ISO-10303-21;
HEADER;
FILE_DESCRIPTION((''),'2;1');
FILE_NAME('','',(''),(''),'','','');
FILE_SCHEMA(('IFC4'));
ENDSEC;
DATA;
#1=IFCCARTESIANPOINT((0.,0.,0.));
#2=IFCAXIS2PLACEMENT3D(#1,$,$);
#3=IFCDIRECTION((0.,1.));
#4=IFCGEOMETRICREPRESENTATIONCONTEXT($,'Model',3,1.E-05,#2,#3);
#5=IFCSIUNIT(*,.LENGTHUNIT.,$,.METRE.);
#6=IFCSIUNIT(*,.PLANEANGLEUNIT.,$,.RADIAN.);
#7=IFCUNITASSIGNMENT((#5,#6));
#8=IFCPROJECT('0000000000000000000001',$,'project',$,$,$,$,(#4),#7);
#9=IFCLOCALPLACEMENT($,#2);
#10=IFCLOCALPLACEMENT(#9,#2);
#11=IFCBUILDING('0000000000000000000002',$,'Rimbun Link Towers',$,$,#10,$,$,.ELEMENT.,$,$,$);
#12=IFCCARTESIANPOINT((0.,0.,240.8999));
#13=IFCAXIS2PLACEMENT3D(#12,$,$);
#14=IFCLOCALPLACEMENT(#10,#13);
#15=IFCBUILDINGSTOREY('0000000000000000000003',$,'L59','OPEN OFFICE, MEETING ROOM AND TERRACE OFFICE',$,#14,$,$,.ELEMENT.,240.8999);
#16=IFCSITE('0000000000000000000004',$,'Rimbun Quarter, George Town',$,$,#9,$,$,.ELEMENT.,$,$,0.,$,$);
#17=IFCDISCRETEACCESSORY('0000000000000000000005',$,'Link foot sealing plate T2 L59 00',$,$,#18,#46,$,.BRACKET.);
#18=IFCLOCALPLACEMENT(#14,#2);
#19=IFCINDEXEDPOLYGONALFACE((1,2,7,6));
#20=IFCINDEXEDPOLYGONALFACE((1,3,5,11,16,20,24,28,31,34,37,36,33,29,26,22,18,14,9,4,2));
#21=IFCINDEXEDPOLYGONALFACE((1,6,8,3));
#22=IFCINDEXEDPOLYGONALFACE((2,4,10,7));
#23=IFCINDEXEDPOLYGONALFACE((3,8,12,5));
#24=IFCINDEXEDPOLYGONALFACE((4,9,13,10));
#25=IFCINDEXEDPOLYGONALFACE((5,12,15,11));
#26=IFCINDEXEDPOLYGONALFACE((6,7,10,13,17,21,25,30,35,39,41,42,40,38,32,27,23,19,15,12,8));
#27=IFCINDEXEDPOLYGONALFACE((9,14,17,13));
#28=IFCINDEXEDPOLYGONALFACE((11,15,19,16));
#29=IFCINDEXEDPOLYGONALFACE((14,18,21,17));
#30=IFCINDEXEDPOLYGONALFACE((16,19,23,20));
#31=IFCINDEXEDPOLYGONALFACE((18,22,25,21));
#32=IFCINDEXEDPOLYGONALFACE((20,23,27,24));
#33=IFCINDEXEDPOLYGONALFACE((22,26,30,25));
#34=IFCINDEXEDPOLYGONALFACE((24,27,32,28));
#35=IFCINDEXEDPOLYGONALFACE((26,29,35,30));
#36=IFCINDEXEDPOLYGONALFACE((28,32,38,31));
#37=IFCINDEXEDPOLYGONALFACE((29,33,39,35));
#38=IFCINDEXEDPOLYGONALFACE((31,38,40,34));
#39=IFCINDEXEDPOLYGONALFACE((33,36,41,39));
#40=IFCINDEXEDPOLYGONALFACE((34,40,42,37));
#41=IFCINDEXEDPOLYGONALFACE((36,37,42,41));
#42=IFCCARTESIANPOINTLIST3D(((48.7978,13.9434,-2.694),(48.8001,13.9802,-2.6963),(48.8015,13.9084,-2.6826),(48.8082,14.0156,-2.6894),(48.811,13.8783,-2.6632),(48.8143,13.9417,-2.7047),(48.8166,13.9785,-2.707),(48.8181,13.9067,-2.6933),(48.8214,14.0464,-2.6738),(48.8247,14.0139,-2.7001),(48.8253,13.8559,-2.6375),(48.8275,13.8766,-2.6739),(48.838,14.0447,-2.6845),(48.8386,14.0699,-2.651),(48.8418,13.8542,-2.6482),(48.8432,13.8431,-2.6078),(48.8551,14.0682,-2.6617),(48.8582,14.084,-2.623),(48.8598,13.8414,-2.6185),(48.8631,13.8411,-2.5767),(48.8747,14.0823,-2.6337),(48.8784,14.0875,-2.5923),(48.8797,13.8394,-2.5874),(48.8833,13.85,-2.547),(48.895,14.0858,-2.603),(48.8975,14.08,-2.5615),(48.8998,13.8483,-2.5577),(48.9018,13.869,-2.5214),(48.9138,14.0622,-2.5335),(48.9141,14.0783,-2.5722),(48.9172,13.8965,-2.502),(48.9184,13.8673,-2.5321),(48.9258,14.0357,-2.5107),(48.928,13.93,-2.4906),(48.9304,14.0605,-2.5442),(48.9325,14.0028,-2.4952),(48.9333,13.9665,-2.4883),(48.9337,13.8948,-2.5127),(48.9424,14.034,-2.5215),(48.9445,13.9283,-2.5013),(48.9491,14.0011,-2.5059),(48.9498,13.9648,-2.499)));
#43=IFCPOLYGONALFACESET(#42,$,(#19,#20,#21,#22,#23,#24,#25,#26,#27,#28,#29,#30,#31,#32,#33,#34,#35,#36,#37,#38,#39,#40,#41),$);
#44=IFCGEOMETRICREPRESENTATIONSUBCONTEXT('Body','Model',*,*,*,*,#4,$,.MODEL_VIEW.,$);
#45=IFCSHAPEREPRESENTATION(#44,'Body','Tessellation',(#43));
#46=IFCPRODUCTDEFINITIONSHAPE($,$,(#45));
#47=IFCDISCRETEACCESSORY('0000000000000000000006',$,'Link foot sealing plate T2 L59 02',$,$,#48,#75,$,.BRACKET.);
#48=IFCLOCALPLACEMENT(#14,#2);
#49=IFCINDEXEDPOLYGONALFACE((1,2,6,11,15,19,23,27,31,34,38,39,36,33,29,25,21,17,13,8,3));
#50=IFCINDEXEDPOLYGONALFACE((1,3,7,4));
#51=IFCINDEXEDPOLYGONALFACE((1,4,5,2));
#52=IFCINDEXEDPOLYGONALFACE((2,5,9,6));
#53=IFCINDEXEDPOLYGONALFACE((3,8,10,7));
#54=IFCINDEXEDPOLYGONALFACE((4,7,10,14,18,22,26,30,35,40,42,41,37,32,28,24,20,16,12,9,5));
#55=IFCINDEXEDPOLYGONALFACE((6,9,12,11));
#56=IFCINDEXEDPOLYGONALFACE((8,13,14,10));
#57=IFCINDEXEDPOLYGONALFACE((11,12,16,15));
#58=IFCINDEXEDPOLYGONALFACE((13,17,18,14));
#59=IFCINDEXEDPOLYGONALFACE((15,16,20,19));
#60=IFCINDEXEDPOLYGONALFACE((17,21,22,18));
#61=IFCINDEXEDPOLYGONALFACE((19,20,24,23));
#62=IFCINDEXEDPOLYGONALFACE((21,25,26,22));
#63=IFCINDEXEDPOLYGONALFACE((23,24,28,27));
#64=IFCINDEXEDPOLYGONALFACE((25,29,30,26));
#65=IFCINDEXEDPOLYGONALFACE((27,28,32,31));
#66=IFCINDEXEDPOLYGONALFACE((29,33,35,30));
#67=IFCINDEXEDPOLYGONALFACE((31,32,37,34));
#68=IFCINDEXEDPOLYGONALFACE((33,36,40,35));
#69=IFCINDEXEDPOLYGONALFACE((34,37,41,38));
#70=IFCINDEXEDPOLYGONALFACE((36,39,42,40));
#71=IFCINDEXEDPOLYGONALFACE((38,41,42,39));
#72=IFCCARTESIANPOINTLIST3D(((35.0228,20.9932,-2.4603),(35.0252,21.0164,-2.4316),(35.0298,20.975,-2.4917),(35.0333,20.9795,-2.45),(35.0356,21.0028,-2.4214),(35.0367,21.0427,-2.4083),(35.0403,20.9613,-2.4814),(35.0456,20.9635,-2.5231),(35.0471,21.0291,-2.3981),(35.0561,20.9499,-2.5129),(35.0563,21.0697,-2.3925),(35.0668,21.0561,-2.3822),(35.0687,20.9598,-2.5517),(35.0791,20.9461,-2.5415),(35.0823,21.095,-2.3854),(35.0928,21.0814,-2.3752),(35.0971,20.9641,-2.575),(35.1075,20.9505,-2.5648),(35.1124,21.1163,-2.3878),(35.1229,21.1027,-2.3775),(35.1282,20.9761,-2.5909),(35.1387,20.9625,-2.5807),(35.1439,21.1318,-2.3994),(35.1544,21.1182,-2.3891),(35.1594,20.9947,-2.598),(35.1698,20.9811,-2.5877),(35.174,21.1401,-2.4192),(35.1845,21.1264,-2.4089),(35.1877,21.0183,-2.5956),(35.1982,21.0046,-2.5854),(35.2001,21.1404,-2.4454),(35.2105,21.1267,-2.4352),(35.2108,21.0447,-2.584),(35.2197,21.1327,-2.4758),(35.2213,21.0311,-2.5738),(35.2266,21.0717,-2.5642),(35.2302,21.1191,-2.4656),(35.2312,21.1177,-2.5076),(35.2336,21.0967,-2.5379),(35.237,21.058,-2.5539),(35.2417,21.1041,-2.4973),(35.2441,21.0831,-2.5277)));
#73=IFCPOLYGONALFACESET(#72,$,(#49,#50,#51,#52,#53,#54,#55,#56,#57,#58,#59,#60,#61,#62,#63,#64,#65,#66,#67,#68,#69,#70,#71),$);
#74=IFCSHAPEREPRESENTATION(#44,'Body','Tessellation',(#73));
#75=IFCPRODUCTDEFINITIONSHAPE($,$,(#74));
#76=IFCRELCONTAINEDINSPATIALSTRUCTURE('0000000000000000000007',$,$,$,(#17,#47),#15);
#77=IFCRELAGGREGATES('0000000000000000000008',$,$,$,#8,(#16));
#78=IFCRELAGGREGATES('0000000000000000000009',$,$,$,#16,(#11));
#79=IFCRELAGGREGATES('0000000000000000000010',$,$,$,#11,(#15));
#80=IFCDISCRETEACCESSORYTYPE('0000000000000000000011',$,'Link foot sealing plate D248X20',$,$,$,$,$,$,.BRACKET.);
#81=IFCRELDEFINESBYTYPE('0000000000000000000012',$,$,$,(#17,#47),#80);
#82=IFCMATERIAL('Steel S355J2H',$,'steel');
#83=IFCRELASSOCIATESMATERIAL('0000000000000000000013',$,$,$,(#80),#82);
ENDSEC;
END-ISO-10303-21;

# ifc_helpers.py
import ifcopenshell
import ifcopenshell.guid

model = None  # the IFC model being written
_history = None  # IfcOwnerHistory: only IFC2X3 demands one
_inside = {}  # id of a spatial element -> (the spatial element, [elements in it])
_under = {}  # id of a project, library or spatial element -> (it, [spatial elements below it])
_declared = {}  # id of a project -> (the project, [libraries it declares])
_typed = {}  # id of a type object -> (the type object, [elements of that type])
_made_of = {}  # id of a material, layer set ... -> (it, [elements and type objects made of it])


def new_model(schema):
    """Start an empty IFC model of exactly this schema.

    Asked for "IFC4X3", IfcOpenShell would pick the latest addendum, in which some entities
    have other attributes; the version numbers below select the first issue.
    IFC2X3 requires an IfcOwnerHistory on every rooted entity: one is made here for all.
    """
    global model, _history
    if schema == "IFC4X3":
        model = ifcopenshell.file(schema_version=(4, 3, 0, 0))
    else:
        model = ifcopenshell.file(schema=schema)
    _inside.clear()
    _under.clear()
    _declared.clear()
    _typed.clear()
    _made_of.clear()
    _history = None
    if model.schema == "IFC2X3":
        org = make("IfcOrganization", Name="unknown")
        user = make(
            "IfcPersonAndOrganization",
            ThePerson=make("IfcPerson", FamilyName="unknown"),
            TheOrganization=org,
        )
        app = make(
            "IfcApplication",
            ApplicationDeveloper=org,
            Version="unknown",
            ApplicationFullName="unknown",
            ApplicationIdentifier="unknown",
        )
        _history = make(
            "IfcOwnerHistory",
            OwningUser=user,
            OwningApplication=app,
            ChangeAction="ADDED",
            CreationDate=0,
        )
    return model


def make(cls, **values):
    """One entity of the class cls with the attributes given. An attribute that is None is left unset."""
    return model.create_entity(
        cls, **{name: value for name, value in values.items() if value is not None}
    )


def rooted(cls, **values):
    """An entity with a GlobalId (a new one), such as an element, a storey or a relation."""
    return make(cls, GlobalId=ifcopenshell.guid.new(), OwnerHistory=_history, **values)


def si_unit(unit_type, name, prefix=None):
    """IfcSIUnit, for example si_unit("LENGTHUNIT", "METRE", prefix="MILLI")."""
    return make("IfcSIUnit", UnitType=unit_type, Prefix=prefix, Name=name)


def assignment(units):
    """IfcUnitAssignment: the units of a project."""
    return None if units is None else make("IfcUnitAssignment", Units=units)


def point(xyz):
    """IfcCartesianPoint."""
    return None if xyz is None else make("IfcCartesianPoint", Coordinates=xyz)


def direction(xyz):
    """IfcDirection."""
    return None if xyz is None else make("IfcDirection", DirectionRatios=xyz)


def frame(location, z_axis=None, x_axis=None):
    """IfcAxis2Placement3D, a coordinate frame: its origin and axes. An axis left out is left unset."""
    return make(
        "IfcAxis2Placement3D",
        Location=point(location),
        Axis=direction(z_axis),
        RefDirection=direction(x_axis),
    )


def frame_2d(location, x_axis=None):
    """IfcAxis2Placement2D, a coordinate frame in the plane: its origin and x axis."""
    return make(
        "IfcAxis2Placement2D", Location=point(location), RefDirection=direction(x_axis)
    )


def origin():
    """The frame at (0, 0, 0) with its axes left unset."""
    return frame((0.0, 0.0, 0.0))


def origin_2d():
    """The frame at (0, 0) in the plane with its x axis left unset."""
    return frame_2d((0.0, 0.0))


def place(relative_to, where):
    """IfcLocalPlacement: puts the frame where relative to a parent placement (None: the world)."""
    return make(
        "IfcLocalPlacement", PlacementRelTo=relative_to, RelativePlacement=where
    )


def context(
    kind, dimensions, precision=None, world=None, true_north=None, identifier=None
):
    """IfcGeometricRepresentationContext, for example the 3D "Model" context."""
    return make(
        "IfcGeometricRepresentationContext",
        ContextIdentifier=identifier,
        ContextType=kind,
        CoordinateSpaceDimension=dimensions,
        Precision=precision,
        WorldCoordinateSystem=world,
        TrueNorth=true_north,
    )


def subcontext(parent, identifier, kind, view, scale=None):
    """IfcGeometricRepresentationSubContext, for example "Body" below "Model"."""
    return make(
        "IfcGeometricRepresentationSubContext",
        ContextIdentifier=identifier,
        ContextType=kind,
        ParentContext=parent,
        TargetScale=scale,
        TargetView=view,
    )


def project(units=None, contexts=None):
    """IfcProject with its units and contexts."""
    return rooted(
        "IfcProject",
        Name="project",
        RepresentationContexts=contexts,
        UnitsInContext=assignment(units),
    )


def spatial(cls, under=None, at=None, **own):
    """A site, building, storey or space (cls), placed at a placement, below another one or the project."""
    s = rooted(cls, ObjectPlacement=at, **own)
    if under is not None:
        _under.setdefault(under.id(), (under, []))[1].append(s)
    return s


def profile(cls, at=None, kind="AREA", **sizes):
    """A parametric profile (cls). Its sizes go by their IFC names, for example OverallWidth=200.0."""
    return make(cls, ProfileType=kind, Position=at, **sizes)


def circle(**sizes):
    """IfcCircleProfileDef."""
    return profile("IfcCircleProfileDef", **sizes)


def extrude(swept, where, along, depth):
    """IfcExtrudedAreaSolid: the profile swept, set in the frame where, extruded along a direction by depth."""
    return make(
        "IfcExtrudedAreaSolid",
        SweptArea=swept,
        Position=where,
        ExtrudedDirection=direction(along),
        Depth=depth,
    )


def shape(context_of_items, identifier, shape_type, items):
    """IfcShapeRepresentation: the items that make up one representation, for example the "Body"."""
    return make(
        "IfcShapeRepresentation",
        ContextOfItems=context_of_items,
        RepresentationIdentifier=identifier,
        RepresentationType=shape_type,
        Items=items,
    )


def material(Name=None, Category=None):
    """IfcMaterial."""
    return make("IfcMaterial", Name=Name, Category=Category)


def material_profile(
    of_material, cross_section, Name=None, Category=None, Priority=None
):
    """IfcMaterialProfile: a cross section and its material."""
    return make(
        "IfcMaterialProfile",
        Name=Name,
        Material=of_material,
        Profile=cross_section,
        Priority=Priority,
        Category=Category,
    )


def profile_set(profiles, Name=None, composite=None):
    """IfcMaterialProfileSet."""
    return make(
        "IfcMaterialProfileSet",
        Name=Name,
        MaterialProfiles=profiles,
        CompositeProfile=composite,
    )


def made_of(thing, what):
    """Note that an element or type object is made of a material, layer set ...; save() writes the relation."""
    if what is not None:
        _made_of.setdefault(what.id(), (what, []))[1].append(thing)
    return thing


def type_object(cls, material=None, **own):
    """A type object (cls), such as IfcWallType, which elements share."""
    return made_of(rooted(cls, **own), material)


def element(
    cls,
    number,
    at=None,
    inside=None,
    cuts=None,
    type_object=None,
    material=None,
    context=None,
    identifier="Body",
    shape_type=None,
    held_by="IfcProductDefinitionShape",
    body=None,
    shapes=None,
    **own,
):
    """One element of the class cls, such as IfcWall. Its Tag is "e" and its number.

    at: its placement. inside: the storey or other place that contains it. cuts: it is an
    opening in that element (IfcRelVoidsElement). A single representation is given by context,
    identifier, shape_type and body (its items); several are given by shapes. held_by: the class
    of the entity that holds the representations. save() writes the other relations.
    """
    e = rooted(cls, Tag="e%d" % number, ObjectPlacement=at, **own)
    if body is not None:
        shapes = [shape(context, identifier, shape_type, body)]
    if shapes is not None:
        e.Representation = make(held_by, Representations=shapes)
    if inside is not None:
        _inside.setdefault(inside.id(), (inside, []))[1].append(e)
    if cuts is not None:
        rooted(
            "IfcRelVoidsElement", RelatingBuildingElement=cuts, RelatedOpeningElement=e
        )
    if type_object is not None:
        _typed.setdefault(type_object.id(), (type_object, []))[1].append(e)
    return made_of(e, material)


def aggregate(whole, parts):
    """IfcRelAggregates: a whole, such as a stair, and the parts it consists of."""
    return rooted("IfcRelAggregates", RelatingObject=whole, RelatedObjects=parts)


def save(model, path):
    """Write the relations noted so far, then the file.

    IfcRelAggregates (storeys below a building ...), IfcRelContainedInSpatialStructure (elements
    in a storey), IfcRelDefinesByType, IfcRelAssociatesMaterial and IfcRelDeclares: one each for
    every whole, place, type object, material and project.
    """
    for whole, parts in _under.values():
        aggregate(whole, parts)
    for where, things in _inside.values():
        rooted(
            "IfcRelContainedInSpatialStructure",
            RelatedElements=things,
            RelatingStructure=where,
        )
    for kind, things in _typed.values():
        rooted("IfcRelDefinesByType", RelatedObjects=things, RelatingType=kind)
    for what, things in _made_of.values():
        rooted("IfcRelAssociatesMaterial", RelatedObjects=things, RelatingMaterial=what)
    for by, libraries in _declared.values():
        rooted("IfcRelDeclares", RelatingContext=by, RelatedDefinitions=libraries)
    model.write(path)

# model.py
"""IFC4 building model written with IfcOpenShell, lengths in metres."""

from ifc_helpers import new_model, si_unit, direction, frame, origin, origin_2d, place, context, subcontext, project, spatial, circle, extrude, material, material_profile, profile_set, type_object, element, save


model = new_model("IFC4")

# Units and contexts
model_context = context("Model", 3, precision=1e-05, world=origin(), true_north=direction((0.0, 1.0)))
body_context = subcontext(model_context, "Body", "Model", "MODEL_VIEW")
ifc_project = project(units=[si_unit("LENGTHUNIT", "METRE"), si_unit("PLANEANGLEUNIT", "RADIAN")], contexts=[model_context])

# Site, building, storey
site_placement = place(None, origin())
site = spatial("IfcSite", under=ifc_project, at=site_placement, Name="Rimbun Quarter, George Town", CompositionType="ELEMENT", RefElevation=0.0)
building_placement = place(site_placement, origin())
building = spatial("IfcBuilding", under=site, at=building_placement, Name="Rimbun Link Towers", CompositionType="ELEMENT")
storey_placement = place(building_placement, frame((0.0, 0.0, 240.8999)))
storey = spatial("IfcBuildingStorey", under=building, at=storey_placement, Name="L59", Description="OPEN OFFICE, MEETING ROOM AND TERRACE OFFICE", CompositionType="ELEMENT", Elevation=240.8999)

# Discrete accessories
ifc_material_1 = material(Name="Steel S355J2H", Category="steel")
ifc_material_profile_1 = material_profile(ifc_material_1, circle(Radius=0.124, at=origin_2d()), Name="PL D248")
ifc_profile_set_1 = profile_set([ifc_material_profile_1], Name="Steel S355J2H")
discrete_accessory_type = type_object("IfcDiscreteAccessoryType", Name="Link foot sealing plate D248X20", PredefinedType="BRACKET", material=ifc_profile_set_1)
discrete_accessory_1_placement = place(storey_placement, frame((48.8657, 13.9641, -2.5923), z_axis=(0.836452, -0.086105, -0.541234), x_axis=(0.1024, 0.994743, 0.0)))
element("IfcDiscreteAccessory", 1, at=discrete_accessory_1_placement, inside=storey, type_object=discrete_accessory_type, Name="Link foot sealing plate T2 L59 00", PredefinedType="BRACKET", context=body_context, shape_type="SweptSolid", body=[
    extrude(circle(Radius=0.124, at=origin_2d()), origin(), (0.0, 0.0, 1.0), 0.0198),
])
discrete_accessory_2_placement = place(storey_placement, frame((35.1387, 21.0369, -2.4814), z_axis=(-0.523418, 0.681661, -0.511246), x_axis=(-0.79315, -0.609026, 0.0)))
element("IfcDiscreteAccessory", 2, at=discrete_accessory_2_placement, inside=storey, type_object=discrete_accessory_type, Name="Link foot sealing plate T2 L59 02", PredefinedType="BRACKET", context=body_context, shape_type="SweptSolid", body=[
    extrude(circle(Radius=0.124, at=origin_2d()), origin(), (0.0, 0.0, 1.0), 0.02),
])

save(model, "model.ifc")
